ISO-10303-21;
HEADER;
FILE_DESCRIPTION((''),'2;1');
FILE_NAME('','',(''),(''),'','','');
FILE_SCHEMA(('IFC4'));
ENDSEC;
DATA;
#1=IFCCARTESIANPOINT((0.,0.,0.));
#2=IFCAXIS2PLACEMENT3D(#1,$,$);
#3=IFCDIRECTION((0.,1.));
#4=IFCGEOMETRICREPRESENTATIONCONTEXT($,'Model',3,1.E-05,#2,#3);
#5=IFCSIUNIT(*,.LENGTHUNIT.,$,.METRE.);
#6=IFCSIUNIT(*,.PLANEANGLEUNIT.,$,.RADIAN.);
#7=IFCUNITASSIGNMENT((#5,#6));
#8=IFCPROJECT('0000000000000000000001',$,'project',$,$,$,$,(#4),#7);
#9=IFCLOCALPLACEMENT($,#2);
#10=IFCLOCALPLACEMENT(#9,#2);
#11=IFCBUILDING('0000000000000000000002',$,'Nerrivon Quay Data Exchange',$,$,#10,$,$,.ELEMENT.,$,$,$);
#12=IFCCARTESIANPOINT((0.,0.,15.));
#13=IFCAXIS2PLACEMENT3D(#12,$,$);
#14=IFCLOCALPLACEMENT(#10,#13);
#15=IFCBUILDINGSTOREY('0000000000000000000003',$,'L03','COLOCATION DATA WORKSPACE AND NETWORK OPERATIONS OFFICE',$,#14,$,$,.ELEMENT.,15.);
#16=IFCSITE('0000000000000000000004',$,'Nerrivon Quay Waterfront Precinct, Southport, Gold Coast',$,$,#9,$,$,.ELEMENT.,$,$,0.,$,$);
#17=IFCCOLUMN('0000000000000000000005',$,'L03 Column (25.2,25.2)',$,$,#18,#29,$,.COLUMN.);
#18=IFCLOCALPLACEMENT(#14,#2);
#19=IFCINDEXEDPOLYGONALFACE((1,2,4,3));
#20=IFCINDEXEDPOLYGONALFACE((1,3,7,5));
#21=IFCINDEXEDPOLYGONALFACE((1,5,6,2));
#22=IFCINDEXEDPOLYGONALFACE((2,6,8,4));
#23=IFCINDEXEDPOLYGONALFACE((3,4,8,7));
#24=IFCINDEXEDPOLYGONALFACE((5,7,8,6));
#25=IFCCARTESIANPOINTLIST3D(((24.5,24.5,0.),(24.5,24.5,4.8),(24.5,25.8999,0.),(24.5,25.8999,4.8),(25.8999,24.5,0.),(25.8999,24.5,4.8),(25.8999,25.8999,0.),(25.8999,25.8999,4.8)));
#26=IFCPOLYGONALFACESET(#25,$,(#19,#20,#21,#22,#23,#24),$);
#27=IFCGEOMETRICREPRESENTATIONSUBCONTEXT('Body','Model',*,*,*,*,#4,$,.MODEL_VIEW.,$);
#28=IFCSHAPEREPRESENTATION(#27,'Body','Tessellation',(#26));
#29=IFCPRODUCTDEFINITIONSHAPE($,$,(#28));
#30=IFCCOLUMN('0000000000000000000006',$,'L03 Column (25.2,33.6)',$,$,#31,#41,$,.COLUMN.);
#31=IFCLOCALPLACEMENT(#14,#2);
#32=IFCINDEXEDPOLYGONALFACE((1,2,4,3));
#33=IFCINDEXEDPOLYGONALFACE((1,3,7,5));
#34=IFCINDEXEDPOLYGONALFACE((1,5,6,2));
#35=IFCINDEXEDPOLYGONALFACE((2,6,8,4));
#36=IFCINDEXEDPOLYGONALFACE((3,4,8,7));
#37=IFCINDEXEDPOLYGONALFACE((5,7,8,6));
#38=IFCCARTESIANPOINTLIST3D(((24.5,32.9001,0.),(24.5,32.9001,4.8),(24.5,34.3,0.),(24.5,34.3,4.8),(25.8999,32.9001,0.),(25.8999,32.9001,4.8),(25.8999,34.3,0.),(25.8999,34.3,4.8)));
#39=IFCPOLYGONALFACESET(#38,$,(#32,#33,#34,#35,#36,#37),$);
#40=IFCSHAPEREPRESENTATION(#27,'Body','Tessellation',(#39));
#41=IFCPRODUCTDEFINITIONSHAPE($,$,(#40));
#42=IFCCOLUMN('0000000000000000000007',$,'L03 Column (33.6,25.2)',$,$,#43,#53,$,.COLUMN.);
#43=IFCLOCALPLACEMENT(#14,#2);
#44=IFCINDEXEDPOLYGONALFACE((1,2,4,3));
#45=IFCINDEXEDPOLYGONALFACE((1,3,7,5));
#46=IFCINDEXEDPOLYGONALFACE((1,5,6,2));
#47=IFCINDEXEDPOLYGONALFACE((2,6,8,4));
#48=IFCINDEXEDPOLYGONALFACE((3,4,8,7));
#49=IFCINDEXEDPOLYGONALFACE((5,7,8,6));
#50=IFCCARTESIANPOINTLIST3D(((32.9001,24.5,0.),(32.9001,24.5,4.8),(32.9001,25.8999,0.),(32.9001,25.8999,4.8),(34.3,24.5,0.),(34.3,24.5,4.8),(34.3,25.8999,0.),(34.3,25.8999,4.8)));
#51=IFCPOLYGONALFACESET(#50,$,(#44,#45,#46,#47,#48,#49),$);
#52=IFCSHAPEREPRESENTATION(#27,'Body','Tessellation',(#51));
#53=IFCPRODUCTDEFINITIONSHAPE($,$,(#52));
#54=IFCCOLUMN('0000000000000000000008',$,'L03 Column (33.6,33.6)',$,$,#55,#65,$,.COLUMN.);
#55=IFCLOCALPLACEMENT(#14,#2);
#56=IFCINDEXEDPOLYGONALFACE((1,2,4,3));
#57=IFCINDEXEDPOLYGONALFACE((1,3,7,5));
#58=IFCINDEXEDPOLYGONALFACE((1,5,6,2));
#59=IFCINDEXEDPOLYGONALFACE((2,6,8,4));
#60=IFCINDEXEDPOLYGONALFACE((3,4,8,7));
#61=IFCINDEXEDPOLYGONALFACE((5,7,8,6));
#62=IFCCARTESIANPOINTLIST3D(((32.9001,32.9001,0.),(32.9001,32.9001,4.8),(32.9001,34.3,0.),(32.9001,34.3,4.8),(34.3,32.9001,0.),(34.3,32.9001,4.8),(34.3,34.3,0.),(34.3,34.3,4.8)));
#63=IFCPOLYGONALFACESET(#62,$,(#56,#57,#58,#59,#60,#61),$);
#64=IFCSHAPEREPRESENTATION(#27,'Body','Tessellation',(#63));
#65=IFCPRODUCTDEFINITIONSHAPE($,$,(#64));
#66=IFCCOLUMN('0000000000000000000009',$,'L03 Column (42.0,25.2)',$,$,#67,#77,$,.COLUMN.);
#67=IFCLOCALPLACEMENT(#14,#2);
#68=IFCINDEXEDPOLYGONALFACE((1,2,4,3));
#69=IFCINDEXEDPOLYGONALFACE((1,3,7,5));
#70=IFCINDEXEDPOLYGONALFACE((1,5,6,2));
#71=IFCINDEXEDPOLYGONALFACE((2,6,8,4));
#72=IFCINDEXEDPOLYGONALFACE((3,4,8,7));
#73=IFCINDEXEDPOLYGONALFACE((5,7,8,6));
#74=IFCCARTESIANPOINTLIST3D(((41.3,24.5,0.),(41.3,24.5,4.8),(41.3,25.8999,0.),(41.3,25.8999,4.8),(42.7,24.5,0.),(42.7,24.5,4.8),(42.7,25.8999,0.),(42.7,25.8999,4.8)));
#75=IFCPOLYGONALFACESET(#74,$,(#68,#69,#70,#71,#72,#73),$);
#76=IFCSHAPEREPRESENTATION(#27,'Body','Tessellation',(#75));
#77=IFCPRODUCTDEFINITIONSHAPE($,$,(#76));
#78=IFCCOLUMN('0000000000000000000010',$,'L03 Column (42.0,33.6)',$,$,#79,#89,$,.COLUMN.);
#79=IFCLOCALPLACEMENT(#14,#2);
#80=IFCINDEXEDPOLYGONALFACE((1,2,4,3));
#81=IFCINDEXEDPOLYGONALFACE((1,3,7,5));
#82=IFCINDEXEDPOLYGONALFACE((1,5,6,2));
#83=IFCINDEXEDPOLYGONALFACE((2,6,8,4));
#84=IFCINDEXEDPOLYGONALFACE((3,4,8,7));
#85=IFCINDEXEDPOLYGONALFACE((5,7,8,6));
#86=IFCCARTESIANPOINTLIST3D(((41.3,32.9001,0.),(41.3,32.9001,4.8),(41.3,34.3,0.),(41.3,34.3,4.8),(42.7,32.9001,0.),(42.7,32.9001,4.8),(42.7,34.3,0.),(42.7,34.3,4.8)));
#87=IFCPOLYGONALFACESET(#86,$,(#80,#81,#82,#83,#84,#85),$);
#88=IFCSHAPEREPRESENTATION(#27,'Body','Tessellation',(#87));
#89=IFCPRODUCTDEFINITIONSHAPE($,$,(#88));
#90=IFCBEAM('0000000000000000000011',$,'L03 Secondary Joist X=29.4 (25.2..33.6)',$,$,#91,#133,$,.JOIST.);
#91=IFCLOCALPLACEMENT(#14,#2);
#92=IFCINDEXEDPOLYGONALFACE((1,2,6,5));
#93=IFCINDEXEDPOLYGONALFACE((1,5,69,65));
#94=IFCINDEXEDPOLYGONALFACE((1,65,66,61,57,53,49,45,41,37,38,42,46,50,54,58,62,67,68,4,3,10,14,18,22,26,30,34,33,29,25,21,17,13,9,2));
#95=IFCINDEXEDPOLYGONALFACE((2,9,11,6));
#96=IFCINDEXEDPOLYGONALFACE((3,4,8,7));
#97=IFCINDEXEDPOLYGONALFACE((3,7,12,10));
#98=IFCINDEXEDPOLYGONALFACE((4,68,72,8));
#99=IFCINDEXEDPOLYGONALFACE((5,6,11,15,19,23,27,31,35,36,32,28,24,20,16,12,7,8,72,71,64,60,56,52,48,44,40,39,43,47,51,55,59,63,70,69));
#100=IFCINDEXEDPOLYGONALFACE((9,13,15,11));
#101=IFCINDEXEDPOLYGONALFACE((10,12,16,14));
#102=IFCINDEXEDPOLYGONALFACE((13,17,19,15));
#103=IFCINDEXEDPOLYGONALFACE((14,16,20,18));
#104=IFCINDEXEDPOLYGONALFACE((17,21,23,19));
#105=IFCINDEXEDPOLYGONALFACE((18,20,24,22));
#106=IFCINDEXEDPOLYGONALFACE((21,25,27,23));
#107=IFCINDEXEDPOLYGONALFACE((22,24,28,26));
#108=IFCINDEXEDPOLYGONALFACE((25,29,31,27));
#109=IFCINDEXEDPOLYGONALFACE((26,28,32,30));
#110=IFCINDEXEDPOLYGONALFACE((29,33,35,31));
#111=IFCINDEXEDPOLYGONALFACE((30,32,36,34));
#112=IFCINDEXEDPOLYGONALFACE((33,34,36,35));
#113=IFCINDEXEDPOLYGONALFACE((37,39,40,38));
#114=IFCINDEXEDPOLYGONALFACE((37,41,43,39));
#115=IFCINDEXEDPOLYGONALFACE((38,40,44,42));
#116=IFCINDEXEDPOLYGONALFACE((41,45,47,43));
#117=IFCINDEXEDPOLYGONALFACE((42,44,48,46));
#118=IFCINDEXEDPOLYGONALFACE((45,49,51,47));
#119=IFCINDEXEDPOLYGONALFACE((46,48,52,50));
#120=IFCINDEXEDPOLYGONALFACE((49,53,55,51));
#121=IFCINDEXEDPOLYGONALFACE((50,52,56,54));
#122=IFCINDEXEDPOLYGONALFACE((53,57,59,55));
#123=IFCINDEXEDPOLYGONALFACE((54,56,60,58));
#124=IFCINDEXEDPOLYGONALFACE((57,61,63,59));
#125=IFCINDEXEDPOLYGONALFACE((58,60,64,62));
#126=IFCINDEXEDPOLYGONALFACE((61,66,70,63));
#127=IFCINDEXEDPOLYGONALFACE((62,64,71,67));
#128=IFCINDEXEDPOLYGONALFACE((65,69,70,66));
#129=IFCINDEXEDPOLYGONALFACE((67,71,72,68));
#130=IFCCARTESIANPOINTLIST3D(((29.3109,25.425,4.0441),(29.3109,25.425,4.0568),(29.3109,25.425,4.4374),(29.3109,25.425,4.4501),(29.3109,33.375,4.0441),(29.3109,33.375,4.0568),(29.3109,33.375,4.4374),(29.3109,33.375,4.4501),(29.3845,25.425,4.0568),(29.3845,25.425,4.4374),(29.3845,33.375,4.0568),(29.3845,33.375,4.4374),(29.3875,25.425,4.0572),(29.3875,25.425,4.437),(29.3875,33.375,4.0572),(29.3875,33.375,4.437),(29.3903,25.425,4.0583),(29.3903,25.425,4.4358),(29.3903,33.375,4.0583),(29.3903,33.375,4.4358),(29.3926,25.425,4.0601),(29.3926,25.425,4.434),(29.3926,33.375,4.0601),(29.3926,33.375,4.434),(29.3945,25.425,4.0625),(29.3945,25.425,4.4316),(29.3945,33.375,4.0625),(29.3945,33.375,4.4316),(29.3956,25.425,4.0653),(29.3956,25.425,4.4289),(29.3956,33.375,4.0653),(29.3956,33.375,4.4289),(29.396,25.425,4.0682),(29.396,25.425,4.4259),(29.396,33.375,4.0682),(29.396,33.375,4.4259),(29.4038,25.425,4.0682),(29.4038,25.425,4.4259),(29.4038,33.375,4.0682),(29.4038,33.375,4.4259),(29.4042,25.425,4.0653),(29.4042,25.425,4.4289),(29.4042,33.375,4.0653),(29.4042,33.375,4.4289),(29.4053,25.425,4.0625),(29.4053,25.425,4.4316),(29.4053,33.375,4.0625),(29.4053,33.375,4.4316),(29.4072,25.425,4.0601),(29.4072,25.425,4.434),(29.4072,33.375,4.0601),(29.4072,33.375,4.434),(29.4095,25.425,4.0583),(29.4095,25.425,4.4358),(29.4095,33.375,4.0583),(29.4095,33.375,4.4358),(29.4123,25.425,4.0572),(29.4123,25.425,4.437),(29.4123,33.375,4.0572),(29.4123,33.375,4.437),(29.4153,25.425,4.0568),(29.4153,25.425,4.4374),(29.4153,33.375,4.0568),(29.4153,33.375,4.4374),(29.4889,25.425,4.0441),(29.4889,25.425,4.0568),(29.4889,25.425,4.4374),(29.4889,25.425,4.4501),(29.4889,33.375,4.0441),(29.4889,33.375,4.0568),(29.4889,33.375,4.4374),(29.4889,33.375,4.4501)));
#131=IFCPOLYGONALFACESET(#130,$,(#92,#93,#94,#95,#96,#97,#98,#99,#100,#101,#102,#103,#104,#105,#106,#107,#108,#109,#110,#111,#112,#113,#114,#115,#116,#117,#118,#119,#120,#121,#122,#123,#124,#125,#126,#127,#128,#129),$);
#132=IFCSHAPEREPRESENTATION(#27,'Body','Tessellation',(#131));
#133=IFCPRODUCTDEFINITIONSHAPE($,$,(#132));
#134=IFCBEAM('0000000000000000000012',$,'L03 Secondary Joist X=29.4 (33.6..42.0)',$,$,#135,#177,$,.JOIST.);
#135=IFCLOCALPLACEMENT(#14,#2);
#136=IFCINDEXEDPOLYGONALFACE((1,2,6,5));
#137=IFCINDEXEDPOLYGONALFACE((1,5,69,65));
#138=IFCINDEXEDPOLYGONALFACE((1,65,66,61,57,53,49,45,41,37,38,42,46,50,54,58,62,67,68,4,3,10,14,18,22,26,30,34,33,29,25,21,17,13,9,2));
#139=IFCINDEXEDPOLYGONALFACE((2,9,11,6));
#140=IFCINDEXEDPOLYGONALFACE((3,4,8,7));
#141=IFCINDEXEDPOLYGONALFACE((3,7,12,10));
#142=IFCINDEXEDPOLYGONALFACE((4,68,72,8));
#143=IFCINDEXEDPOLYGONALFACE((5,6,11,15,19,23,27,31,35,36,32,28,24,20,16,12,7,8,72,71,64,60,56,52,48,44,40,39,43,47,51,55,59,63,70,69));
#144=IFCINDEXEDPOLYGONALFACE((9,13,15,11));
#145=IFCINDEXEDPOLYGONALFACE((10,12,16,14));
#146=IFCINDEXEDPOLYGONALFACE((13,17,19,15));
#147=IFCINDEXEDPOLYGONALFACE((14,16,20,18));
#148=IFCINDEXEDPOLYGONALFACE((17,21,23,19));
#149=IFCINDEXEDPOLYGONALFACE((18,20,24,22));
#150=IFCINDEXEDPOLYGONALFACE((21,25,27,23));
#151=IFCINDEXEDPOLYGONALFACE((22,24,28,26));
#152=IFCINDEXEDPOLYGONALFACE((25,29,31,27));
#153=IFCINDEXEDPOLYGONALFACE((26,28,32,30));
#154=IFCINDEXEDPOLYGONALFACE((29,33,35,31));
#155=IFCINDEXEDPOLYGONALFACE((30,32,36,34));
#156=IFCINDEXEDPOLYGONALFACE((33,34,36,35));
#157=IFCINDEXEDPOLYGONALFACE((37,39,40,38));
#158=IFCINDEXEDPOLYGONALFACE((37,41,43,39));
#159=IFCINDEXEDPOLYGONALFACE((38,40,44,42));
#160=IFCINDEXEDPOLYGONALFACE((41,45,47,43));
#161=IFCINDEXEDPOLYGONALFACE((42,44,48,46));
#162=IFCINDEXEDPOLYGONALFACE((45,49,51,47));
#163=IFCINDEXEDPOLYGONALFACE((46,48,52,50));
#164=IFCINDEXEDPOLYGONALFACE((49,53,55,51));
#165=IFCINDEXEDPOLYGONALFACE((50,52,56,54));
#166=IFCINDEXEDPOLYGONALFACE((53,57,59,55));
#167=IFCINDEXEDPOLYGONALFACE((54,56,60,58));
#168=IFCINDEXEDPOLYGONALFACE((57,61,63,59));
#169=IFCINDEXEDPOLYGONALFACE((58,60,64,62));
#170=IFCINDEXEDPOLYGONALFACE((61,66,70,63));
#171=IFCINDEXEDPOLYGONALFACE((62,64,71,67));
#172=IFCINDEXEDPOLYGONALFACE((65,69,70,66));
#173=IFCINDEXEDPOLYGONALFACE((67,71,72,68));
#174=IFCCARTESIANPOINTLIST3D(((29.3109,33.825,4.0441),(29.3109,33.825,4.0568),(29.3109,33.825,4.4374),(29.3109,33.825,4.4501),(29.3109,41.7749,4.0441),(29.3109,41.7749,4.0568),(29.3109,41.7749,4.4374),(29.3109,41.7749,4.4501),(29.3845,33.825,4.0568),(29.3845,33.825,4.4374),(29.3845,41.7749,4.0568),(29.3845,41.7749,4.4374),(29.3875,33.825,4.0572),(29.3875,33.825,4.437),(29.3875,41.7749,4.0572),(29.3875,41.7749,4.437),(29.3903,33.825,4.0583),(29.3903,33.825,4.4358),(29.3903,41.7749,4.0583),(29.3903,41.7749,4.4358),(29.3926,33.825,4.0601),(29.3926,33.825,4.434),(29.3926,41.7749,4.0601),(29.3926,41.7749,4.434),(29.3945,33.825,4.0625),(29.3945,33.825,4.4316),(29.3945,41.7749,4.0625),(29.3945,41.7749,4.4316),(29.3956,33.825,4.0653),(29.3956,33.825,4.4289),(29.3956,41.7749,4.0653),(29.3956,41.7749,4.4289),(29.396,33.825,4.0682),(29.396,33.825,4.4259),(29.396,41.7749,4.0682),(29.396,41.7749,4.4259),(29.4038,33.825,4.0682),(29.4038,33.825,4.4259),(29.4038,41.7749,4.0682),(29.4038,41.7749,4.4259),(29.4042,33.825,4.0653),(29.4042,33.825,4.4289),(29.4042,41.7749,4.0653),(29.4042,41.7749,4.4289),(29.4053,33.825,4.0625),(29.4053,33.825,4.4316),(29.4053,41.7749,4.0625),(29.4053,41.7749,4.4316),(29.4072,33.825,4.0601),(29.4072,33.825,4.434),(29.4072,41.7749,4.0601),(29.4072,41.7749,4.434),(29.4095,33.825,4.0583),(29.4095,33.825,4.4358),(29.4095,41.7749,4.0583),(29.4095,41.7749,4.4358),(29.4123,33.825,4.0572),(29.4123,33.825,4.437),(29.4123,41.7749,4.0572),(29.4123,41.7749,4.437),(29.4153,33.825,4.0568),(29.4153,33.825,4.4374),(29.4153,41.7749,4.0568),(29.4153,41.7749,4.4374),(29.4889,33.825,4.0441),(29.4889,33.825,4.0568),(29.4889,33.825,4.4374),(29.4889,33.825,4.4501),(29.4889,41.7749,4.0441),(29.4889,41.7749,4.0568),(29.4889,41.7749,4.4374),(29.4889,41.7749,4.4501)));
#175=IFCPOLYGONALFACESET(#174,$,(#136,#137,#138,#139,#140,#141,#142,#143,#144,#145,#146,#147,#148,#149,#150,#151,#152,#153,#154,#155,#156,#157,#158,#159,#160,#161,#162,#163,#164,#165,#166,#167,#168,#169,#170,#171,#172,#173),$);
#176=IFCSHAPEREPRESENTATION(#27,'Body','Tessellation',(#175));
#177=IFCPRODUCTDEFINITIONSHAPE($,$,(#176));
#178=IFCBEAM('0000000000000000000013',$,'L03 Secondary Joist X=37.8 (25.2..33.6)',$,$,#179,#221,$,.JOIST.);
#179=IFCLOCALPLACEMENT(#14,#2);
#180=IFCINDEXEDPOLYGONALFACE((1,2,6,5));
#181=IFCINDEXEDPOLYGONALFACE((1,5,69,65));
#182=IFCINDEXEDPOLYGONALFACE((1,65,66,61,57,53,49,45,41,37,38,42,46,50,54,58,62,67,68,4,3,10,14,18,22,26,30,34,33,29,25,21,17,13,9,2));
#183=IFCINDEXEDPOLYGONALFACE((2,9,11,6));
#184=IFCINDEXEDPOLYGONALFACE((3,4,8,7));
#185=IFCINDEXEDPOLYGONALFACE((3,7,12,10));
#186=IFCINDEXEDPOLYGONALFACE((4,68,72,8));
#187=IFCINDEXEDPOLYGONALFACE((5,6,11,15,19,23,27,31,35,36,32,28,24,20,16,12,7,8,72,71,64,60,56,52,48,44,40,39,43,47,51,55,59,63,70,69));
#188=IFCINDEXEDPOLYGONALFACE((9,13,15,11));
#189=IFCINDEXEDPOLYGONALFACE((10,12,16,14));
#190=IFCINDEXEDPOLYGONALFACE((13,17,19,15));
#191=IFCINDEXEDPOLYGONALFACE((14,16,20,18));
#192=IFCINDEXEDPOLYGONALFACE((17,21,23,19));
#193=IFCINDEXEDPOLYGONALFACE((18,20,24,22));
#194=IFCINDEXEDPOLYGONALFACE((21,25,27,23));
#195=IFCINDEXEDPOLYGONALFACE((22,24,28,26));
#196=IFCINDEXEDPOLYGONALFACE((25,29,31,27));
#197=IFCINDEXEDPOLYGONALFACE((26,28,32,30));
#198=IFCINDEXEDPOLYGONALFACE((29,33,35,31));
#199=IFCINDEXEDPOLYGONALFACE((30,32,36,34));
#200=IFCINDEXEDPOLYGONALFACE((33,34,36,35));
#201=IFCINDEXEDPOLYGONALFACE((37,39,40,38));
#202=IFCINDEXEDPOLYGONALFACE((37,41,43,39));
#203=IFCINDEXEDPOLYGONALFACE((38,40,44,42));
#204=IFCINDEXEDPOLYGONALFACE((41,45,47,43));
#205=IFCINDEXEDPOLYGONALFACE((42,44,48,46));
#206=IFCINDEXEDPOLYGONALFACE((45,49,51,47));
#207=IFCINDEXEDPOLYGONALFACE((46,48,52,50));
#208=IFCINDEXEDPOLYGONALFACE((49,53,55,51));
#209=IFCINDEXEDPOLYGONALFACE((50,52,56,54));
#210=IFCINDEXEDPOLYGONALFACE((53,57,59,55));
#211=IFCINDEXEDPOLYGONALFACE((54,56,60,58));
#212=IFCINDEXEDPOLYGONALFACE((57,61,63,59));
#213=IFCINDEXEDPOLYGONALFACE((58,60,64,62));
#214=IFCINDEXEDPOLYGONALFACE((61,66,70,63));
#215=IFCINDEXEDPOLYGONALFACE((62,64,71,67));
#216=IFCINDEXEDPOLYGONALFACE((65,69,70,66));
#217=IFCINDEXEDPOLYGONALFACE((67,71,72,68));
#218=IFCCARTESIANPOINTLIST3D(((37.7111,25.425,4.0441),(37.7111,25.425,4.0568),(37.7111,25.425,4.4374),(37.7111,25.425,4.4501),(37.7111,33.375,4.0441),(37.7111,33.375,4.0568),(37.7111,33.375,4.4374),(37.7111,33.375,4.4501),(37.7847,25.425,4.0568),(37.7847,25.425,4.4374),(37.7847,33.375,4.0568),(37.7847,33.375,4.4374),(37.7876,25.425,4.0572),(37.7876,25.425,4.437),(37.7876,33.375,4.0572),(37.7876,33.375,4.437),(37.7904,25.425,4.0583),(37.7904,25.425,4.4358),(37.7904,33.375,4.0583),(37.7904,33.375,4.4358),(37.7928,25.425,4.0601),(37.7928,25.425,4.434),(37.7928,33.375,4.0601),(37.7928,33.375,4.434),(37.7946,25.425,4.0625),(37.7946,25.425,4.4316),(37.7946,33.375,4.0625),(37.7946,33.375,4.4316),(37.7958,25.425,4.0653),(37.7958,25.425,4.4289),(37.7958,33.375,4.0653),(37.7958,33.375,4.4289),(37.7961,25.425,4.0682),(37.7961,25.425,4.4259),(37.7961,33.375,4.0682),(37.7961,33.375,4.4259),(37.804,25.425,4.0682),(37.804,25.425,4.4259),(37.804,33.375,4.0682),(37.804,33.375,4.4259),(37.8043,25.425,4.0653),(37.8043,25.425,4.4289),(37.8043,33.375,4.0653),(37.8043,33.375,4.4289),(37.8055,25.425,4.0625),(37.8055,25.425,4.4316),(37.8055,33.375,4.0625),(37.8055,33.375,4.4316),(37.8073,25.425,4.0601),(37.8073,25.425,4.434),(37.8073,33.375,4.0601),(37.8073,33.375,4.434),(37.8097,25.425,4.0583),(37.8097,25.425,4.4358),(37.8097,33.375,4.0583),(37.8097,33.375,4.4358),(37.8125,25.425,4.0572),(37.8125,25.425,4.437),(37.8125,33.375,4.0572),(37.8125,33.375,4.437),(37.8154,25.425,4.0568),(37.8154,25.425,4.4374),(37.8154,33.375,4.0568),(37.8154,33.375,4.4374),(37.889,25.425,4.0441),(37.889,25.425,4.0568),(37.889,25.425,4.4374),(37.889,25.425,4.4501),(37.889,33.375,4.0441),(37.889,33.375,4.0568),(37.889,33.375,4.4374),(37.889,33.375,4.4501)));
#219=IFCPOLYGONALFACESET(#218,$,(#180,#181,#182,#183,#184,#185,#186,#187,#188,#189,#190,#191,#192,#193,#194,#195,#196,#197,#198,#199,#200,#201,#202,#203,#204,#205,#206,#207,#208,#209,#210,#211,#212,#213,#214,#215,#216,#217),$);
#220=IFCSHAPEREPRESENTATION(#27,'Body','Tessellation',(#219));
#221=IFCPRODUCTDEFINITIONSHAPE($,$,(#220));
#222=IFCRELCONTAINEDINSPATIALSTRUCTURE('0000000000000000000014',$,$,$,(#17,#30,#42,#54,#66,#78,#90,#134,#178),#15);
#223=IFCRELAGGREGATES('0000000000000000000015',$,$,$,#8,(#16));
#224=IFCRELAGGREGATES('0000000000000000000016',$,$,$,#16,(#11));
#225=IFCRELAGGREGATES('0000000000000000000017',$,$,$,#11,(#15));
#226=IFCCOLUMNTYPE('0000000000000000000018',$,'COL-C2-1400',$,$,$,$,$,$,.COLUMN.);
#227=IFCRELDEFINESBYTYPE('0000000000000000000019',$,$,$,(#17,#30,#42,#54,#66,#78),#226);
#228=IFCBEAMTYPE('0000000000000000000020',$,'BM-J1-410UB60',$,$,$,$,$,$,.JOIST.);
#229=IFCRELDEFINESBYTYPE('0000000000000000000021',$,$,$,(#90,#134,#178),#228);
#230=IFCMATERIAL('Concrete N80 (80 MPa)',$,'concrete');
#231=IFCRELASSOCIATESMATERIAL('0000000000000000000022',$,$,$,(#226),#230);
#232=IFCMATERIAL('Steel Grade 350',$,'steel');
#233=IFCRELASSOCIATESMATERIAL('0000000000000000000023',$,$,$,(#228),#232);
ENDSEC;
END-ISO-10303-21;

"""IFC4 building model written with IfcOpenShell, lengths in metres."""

from ifc_helpers import new_model, si_unit, direction, frame, origin, origin_2d, place, context, subcontext, project, spatial, rectangle, i_section, extrude, material, material_profile, profile_set, type_object, element, save


model = new_model("IFC4")

# Units and contexts
model_context = context("Model", 3, precision=1e-05, world=origin(), true_north=direction((0.0, 1.0)))
body_context = subcontext(model_context, "Body", "Model", "MODEL_VIEW")
ifc_project = project(units=[si_unit("LENGTHUNIT", "METRE"), si_unit("PLANEANGLEUNIT", "RADIAN")], contexts=[model_context])

# Site, building, storey
site_placement = place(None, origin())
site = spatial("IfcSite", under=ifc_project, at=site_placement, Name="Nerrivon Quay Waterfront Precinct, Southport, Gold Coast", CompositionType="ELEMENT", RefElevation=0.0)
building_placement = place(site_placement, origin())
building = spatial("IfcBuilding", under=site, at=building_placement, Name="Nerrivon Quay Data Exchange", CompositionType="ELEMENT")
storey_placement = place(building_placement, frame((0.0, 0.0, 15.0)))
storey = spatial("IfcBuildingStorey", under=building, at=storey_placement, Name="L03", Description="COLOCATION DATA WORKSPACE AND NETWORK OPERATIONS OFFICE", CompositionType="ELEMENT", Elevation=15.0)

# Columns
ifc_material_1 = material(Name="Concrete N80 (80 MPa)", Category="concrete")
ifc_material_profile_1 = material_profile(ifc_material_1, rectangle(XDim=1.3999, YDim=1.3999, at=origin_2d()), Name="RC-COL-1400x1400")
ifc_profile_set_1 = profile_set([ifc_material_profile_1], Name="Concrete N80 (80 MPa)")
column_type = type_object("IfcColumnType", Name="COL-C2-1400", PredefinedType="COLUMN", material=ifc_profile_set_1)
for number, where, z_axis, x_axis, name in (
    (1, (25.2, 25.2, 0.0), (0.0, 0.0, 1.0), (1.0, 0.0, 0.0), "L03 Column (25.2,25.2)"),
    (2, (25.2, 33.6001, 0.0), (0.0, 0.0, 1.0), (1.0, 0.0, 0.0), "L03 Column (25.2,33.6)"),
    (3, (33.6001, 25.2, 0.0), (0.0, 0.0, 1.0), (1.0, 0.0, 0.0), "L03 Column (33.6,25.2)"),
    (4, (33.6001, 33.6001, 0.0), (0.0, 0.0, 1.0), (1.0, 0.0, 0.0), "L03 Column (33.6,33.6)"),
    (5, (42.0, 25.2, 0.0), (0.0, 0.0, 1.0), (1.0, 0.0, 0.0), "L03 Column (42.0,25.2)"),
    (6, (42.0, 33.6001, 0.0), (0.0, 0.0, 1.0), (1.0, 0.0, 0.0), "L03 Column (42.0,33.6)"),
):
    element("IfcColumn", number, at=place(storey_placement, frame(where, z_axis=z_axis, x_axis=x_axis)), inside=storey, type_object=column_type, Name=name, PredefinedType="COLUMN", context=body_context, shape_type="SweptSolid", body=[
        extrude(rectangle(XDim=1.3999, YDim=1.3999, at=origin_2d()), origin(), (0.0, 0.0, 1.0), 4.8),
    ])

# Beams
ifc_material_2 = material(Name="Steel Grade 350", Category="steel")
ifc_material_profile_2 = material_profile(ifc_material_2, i_section(OverallWidth=0.178, OverallDepth=0.406, WebThickness=0.0078, FlangeThickness=0.0127, FilletRadius=0.0115, at=origin_2d()), Name="410UB59.7")
ifc_profile_set_2 = profile_set([ifc_material_profile_2], Name="Steel Grade 350")
beam_type_1 = type_object("IfcBeamType", Name="BM-J1-410UB60", PredefinedType="JOIST", material=ifc_profile_set_2)
for number, where, z_axis, x_axis, name in (
    (7, (29.3999, 25.425, 4.2471), (0.0, 1.0, 0.0), (-1.0, 0.0, 0.0), "L03 Secondary Joist X=29.4 (25.2..33.6)"),
    (8, (29.3999, 33.825, 4.2471), (0.0, 1.0, 0.0), (-1.0, 0.0, 0.0), "L03 Secondary Joist X=29.4 (33.6..42.0)"),
    (9, (37.8, 25.425, 4.2471), (0.0, 1.0, 0.0), (-1.0, 0.0, 0.0), "L03 Secondary Joist X=37.8 (25.2..33.6)"),
):
    element("IfcBeam", number, at=place(storey_placement, frame(where, z_axis=z_axis, x_axis=x_axis)), inside=storey, type_object=beam_type_1, Name=name, PredefinedType="JOIST", context=body_context, shape_type="SweptSolid", body=[
        extrude(i_section(OverallWidth=0.178, OverallDepth=0.406, WebThickness=0.0078, FlangeThickness=0.0127, FilletRadius=0.0115, at=origin_2d()), origin(), (0.0, 0.0, 1.0), 7.95),
    ])

save(model, "model.ifc")
